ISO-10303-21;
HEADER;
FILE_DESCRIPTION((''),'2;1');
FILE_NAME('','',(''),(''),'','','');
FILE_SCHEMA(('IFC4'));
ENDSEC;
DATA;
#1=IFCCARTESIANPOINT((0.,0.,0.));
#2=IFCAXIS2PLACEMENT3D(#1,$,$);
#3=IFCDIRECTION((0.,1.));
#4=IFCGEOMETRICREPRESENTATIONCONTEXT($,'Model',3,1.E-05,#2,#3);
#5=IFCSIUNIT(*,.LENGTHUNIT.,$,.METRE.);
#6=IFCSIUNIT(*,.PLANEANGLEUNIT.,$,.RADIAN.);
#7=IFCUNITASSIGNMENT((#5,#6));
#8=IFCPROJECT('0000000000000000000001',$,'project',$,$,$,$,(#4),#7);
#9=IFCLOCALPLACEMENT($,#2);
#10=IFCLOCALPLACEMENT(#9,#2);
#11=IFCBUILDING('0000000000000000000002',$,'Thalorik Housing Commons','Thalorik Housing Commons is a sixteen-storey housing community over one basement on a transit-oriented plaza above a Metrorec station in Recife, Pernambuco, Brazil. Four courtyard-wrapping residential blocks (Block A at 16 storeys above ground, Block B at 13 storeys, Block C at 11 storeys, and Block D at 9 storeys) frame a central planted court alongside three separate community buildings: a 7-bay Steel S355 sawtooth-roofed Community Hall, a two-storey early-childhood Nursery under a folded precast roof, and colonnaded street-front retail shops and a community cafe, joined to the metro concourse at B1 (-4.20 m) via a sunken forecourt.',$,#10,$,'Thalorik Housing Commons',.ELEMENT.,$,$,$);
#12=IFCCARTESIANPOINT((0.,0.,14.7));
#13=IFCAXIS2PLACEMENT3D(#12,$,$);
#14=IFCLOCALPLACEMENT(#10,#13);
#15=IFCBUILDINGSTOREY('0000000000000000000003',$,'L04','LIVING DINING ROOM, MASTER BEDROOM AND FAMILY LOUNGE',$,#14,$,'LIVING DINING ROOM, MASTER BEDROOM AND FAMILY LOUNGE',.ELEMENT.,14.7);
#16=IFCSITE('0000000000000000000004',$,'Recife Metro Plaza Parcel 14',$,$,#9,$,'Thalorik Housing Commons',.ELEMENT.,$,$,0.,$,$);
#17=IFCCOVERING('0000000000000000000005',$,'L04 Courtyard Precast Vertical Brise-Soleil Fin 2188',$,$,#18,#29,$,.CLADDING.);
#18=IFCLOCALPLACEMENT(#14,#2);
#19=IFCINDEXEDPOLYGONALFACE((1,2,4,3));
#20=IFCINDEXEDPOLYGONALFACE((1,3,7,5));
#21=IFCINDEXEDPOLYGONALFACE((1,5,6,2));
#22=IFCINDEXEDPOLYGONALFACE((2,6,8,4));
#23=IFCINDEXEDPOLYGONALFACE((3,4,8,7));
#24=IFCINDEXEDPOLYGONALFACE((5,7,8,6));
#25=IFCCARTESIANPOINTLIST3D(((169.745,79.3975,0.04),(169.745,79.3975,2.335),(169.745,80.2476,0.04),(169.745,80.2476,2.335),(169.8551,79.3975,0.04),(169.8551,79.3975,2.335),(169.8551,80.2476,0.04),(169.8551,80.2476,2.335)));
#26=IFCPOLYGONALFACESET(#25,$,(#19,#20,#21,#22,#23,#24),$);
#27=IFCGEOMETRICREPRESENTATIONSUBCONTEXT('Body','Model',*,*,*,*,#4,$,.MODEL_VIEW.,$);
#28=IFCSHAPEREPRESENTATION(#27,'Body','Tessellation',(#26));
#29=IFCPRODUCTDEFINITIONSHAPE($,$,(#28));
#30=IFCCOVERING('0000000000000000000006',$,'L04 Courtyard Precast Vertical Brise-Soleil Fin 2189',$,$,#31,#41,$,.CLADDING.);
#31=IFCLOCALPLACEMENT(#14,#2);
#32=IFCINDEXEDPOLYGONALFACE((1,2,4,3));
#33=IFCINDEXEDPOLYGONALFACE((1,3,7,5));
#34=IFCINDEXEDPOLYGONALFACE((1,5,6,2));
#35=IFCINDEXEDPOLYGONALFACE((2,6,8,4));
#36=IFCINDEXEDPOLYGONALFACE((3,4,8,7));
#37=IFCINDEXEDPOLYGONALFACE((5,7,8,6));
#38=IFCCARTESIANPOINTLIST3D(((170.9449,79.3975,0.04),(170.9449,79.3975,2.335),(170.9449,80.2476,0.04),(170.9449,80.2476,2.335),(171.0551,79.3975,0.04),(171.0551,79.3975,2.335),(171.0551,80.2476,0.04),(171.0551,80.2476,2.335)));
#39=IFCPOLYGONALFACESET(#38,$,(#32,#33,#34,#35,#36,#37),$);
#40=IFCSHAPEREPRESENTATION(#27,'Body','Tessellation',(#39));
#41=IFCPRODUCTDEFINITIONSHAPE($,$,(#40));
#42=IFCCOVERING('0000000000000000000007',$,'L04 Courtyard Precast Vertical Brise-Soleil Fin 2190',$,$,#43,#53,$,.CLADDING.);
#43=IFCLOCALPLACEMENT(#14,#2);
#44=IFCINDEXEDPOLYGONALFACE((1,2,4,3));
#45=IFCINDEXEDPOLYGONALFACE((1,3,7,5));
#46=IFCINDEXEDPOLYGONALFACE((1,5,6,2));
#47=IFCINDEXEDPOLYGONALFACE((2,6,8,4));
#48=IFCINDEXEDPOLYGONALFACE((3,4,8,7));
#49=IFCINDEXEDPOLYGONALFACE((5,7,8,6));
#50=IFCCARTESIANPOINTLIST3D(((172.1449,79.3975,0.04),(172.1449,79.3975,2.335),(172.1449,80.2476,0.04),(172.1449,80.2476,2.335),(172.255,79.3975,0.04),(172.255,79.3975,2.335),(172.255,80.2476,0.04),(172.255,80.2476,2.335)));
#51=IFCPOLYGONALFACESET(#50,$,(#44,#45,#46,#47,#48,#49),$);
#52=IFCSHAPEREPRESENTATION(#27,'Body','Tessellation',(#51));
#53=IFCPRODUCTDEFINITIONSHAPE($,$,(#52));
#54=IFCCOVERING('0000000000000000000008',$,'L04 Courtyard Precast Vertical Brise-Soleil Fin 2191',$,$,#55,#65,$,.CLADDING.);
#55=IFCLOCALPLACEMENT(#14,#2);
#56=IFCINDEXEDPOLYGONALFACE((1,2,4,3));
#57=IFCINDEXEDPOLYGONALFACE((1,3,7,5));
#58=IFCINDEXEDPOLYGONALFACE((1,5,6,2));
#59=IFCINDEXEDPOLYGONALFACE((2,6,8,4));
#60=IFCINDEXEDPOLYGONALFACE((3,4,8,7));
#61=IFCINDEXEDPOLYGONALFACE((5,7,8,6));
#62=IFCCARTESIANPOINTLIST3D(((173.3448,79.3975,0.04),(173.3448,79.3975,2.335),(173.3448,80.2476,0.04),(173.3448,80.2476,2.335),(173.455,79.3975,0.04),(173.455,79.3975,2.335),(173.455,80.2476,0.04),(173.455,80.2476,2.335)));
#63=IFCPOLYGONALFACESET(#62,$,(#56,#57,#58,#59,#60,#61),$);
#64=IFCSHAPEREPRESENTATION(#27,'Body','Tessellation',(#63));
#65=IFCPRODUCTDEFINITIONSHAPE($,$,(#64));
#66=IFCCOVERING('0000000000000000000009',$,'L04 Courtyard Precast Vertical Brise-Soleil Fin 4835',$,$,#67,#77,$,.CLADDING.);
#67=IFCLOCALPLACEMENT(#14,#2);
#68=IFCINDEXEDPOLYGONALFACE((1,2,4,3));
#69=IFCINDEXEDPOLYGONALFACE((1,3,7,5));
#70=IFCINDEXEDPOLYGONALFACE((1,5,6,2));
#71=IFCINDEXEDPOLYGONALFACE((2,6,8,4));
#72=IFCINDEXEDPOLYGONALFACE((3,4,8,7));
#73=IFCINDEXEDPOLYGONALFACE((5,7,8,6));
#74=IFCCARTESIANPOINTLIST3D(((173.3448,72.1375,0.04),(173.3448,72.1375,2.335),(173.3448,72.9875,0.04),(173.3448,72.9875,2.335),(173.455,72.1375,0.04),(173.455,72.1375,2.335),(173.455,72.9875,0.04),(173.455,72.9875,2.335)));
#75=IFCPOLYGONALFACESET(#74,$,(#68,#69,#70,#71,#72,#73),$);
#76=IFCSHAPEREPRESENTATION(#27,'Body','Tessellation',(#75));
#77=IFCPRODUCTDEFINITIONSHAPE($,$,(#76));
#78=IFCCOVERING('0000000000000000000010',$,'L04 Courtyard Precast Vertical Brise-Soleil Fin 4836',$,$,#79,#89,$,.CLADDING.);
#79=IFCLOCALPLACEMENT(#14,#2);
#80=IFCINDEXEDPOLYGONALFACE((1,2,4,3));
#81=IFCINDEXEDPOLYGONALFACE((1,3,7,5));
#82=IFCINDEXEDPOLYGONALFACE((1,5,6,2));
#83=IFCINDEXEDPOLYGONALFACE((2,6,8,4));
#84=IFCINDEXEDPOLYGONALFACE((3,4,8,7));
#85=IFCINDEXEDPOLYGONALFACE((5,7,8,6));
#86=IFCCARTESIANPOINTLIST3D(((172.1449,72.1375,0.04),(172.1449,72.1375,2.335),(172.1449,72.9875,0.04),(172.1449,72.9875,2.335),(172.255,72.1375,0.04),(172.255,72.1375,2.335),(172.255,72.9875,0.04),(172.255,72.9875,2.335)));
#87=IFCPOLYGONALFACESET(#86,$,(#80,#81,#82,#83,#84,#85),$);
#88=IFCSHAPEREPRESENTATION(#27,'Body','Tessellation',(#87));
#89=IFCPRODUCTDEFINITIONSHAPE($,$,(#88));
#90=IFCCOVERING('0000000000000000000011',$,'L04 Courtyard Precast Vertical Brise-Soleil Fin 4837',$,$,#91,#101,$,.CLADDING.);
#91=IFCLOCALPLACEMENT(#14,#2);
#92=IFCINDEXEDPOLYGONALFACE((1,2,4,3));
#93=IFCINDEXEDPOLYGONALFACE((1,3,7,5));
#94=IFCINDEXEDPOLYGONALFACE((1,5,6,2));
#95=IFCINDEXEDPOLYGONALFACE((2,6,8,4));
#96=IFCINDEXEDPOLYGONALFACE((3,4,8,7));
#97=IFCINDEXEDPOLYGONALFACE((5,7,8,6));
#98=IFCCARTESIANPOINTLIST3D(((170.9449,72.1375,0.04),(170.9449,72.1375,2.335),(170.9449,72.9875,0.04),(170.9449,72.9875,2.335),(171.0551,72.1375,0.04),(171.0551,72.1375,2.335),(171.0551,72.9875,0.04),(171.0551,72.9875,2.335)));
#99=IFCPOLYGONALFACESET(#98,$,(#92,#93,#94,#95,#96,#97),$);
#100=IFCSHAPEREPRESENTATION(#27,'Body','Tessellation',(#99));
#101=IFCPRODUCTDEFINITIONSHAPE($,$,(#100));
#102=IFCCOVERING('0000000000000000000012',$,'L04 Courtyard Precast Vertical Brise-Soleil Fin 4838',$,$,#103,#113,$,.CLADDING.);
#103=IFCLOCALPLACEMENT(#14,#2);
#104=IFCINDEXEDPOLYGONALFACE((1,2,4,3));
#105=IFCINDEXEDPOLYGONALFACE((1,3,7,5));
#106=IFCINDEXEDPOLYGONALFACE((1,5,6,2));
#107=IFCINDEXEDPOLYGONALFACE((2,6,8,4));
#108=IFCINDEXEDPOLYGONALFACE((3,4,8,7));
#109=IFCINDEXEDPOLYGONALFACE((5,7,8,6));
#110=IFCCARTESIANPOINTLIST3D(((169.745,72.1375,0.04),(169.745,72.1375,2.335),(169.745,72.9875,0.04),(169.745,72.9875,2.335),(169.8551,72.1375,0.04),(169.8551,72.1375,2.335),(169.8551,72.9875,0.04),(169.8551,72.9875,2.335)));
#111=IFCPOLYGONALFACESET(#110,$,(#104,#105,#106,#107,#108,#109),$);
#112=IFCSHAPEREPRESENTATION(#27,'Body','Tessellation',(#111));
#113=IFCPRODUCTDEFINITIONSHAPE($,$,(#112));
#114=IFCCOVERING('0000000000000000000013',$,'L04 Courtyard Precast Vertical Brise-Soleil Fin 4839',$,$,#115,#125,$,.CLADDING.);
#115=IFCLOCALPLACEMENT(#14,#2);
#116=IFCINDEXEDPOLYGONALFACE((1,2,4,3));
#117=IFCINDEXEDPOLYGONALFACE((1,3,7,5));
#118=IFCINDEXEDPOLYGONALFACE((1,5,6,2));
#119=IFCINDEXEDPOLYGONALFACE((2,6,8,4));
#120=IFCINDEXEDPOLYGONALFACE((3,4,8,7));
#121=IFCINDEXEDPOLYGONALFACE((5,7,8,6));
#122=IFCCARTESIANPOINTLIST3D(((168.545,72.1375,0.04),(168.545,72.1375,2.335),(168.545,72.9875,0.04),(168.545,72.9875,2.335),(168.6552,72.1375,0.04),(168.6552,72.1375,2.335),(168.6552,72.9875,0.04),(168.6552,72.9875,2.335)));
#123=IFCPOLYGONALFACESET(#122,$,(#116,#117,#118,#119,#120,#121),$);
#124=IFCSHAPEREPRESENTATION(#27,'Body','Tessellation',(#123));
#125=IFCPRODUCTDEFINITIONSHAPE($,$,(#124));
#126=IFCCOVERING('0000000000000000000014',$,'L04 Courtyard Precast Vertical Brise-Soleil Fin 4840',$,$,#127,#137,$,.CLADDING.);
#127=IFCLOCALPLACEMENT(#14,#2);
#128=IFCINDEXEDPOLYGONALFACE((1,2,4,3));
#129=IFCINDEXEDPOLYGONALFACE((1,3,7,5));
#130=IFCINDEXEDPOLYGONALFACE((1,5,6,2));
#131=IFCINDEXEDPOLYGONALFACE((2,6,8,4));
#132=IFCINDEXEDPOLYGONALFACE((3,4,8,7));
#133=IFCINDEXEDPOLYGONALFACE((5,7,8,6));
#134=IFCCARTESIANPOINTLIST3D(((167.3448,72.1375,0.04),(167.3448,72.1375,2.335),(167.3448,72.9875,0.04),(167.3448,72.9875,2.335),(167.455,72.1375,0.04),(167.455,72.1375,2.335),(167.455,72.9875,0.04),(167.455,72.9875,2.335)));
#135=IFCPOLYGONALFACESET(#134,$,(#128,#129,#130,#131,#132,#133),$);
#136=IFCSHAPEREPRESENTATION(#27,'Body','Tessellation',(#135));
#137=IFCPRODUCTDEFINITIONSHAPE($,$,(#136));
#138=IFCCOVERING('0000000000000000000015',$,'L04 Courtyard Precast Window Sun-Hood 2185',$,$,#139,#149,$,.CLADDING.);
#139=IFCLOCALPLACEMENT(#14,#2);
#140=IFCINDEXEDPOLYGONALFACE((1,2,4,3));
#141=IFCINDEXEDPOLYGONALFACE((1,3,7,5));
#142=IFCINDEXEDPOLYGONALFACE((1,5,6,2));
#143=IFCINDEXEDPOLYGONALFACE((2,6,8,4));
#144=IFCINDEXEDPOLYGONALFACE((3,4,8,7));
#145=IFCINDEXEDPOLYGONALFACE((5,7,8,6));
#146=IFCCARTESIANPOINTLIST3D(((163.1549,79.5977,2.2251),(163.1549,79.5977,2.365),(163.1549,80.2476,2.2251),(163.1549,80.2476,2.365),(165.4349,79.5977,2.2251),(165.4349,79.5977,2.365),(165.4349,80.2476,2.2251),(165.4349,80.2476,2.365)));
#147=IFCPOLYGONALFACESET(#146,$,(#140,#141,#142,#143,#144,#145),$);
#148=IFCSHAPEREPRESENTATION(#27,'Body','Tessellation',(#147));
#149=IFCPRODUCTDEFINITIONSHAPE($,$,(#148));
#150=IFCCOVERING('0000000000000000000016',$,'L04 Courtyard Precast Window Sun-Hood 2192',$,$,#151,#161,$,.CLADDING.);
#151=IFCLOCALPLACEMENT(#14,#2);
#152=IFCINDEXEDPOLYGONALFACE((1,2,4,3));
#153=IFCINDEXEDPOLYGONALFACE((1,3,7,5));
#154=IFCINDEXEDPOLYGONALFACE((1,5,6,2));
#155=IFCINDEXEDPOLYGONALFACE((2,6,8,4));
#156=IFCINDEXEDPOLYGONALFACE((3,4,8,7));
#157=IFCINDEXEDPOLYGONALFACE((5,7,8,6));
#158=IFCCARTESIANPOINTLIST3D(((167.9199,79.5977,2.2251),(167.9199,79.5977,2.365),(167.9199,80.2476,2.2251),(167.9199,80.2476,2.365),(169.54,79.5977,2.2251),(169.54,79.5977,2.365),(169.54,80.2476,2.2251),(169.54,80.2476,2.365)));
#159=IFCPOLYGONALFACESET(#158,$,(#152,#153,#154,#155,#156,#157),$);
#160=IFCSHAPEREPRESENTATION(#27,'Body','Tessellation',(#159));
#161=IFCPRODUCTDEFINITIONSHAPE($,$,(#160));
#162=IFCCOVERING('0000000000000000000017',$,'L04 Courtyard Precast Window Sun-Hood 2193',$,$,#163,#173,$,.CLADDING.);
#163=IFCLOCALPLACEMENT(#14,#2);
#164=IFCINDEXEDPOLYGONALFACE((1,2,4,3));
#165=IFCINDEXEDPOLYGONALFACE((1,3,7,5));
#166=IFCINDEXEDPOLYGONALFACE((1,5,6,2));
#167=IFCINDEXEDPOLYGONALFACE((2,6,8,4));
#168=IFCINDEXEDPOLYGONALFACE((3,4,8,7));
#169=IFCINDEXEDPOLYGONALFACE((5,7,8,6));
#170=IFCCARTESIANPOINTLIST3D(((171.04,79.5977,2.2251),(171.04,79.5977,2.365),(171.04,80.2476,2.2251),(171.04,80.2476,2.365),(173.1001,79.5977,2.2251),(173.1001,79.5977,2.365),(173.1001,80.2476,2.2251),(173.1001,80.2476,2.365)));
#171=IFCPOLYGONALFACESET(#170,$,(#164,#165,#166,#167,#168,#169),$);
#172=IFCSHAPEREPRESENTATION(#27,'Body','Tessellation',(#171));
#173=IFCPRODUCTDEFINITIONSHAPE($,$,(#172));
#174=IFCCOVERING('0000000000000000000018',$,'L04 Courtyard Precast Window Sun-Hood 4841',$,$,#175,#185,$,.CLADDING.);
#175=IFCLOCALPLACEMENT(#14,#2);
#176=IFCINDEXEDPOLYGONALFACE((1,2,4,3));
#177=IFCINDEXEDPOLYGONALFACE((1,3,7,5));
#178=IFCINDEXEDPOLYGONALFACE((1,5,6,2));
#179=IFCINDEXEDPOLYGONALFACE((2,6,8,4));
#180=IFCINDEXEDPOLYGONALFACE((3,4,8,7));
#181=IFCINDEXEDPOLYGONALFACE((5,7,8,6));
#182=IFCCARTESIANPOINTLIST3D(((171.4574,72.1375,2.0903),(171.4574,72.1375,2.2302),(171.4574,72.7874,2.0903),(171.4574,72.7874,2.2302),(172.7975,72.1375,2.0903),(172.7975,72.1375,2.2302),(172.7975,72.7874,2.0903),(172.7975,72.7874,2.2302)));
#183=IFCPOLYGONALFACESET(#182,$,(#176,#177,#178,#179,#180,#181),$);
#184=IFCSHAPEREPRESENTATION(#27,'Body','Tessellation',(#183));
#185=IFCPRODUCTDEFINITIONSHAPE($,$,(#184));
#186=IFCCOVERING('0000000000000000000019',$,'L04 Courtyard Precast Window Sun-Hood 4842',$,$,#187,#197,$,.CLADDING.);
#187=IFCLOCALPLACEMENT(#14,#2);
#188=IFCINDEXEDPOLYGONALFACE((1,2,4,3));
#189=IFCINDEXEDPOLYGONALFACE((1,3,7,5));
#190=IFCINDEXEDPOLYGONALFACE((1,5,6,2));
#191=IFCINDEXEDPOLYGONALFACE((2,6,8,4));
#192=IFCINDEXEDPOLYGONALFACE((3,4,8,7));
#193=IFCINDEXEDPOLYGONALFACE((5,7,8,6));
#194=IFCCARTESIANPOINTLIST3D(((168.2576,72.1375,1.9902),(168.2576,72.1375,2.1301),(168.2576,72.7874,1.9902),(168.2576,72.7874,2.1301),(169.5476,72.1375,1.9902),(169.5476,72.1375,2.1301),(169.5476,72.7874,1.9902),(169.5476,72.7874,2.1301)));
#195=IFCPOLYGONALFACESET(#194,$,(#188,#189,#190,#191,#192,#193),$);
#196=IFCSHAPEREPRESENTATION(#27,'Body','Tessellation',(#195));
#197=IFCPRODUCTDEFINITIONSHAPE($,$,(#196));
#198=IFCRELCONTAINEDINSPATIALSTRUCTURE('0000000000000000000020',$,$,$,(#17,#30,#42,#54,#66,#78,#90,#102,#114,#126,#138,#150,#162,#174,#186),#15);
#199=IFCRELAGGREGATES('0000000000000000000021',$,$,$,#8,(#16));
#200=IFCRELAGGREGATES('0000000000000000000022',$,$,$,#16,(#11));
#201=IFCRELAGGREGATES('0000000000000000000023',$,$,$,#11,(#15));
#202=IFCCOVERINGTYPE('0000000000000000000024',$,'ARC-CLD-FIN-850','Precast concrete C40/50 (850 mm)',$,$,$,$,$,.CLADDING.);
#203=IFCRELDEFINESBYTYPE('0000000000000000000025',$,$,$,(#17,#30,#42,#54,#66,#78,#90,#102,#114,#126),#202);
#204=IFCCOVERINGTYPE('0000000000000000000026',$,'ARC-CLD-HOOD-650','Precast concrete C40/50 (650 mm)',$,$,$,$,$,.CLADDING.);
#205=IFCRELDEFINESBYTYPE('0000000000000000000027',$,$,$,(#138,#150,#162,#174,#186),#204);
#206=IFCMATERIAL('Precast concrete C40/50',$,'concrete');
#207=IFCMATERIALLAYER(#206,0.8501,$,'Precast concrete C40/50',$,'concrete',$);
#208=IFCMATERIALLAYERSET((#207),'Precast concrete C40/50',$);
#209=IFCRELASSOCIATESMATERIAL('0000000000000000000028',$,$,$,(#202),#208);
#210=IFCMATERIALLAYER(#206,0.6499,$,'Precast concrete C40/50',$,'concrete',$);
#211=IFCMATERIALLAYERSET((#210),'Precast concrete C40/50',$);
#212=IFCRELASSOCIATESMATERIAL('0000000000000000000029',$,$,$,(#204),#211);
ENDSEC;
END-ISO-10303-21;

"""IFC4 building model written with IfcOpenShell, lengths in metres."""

from ifc_helpers import new_model, si_unit, direction, frame, origin, origin_2d, place, context, subcontext, project, spatial, rectangle, extrude, material, layer, layer_set, type_object, element, save


model = new_model("IFC4")

# Units and contexts
model_context = context("Model", 3, precision=1e-05, world=origin(), true_north=direction((0.0, 1.0)))
body_context = subcontext(model_context, "Body", "Model", "MODEL_VIEW")
ifc_project = project(units=[si_unit("LENGTHUNIT", "METRE"), si_unit("PLANEANGLEUNIT", "RADIAN")], contexts=[model_context])

# Site, building, storey
site_placement = place(None, origin())
site = spatial("IfcSite", under=ifc_project, at=site_placement, Name="Recife Metro Plaza Parcel 14", LongName="Thalorik Housing Commons", CompositionType="ELEMENT", RefElevation=0.0)
building_placement = place(site_placement, origin())
building = spatial("IfcBuilding", under=site, at=building_placement, Name="Thalorik Housing Commons", Description="Thalorik Housing Commons is a sixteen-storey housing community over one basement on a transit-oriented plaza above a Metrorec station in Recife, Pernambuco, Brazil. Four courtyard-wrapping residential blocks (Block A at 16 storeys above ground, Block B at 13 storeys, Block C at 11 storeys, and Block D at 9 storeys) frame a central planted court alongside three separate community buildings: a 7-bay Steel S355 sawtooth-roofed Community Hall, a two-storey early-childhood Nursery under a folded precast roof, and colonnaded street-front retail shops and a community cafe, joined to the metro concourse at B1 (-4.20 m) via a sunken forecourt.", LongName="Thalorik Housing Commons", CompositionType="ELEMENT")
storey_placement = place(building_placement, frame((0.0, 0.0, 14.7)))
storey = spatial("IfcBuildingStorey", under=building, at=storey_placement, Name="L04", Description="LIVING DINING ROOM, MASTER BEDROOM AND FAMILY LOUNGE", LongName="LIVING DINING ROOM, MASTER BEDROOM AND FAMILY LOUNGE", CompositionType="ELEMENT", Elevation=14.7)

# Shared definitions
ifc_material_1 = material(Name="Precast concrete C40/50", Category="concrete")

# Coverings
ifc_layer_1 = layer(ifc_material_1, 0.8501, Name="Precast concrete C40/50", Category="concrete")
ifc_layer_set_1 = layer_set([ifc_layer_1], Name="Precast concrete C40/50")
covering_type_1 = type_object("IfcCoveringType", Name="ARC-CLD-FIN-850", Description="Precast concrete C40/50 (850 mm)", PredefinedType="CLADDING", material=ifc_layer_set_1)
for number, where, z_axis, x_axis, name in (
    (1, (169.8, 79.8225, 0.04), (0.0, 0.0, 1.0), (1.0, 0.0, 0.0), "L04 Courtyard Precast Vertical Brise-Soleil Fin 2188"),
    (2, (171.0, 79.8225, 0.04), (0.0, 0.0, 1.0), (1.0, 0.0, 0.0), "L04 Courtyard Precast Vertical Brise-Soleil Fin 2189"),
    (3, (172.2, 79.8225, 0.04), (0.0, 0.0, 1.0), (1.0, 0.0, 0.0), "L04 Courtyard Precast Vertical Brise-Soleil Fin 2190"),
    (4, (173.3999, 79.8225, 0.04), (0.0, 0.0, 1.0), (1.0, 0.0, 0.0), "L04 Courtyard Precast Vertical Brise-Soleil Fin 2191"),
    (5, (173.3999, 72.5625, 0.04), (0.0, 0.0, 1.0), (-1.0, 0.0, 0.0), "L04 Courtyard Precast Vertical Brise-Soleil Fin 4835"),
    (6, (172.2, 72.5625, 0.04), (0.0, 0.0, 1.0), (-1.0, 0.0, 0.0), "L04 Courtyard Precast Vertical Brise-Soleil Fin 4836"),
    (7, (171.0, 72.5625, 0.04), (0.0, 0.0, 1.0), (-1.0, 0.0, 0.0), "L04 Courtyard Precast Vertical Brise-Soleil Fin 4837"),
    (8, (169.8, 72.5625, 0.04), (0.0, 0.0, 1.0), (-1.0, 0.0, 0.0), "L04 Courtyard Precast Vertical Brise-Soleil Fin 4838"),
    (9, (168.6001, 72.5625, 0.04), (0.0, 0.0, 1.0), (-1.0, 0.0, 0.0), "L04 Courtyard Precast Vertical Brise-Soleil Fin 4839"),
    (10, (167.3999, 72.5625, 0.04), (0.0, 0.0, 1.0), (-1.0, 0.0, 0.0), "L04 Courtyard Precast Vertical Brise-Soleil Fin 4840"),
):
    element("IfcCovering", number, at=place(storey_placement, frame(where, z_axis=z_axis, x_axis=x_axis)), inside=storey, type_object=covering_type_1, Name=name, PredefinedType="CLADDING", context=body_context, shape_type="SweptSolid", body=[
        extrude(rectangle(XDim=0.1101, YDim=0.8501, at=origin_2d()), origin(), (0.0, 0.0, 1.0), 2.2949),
    ])
ifc_layer_2 = layer(ifc_material_1, 0.6499, Name="Precast concrete C40/50", Category="concrete")
ifc_layer_set_2 = layer_set([ifc_layer_2], Name="Precast concrete C40/50")
covering_type_2 = type_object("IfcCoveringType", Name="ARC-CLD-HOOD-650", Description="Precast concrete C40/50 (650 mm)", PredefinedType="CLADDING", material=ifc_layer_set_2)
covering_1_placement = place(storey_placement, frame((164.2949, 79.9226, 2.2251), z_axis=(0.0, 0.0, 1.0), x_axis=(1.0, 0.0, 0.0)))
element("IfcCovering", 11, at=covering_1_placement, inside=storey, type_object=covering_type_2, Name="L04 Courtyard Precast Window Sun-Hood 2185", PredefinedType="CLADDING", context=body_context, shape_type="SweptSolid", body=[
    extrude(rectangle(XDim=2.28, YDim=0.6499, at=origin_2d()), origin(), (0.0, 0.0, 1.0), 0.1399),
])
covering_2_placement = place(storey_placement, frame((168.73, 79.9226, 2.2251), z_axis=(0.0, 0.0, 1.0), x_axis=(1.0, 0.0, 0.0)))
element("IfcCovering", 12, at=covering_2_placement, inside=storey, type_object=covering_type_2, Name="L04 Courtyard Precast Window Sun-Hood 2192", PredefinedType="CLADDING", context=body_context, shape_type="SweptSolid", body=[
    extrude(rectangle(XDim=1.6201, YDim=0.6499, at=origin_2d()), origin(), (0.0, 0.0, 1.0), 0.1399),
])
covering_3_placement = place(storey_placement, frame((172.0701, 79.9226, 2.2251), z_axis=(0.0, 0.0, 1.0), x_axis=(1.0, 0.0, 0.0)))
element("IfcCovering", 13, at=covering_3_placement, inside=storey, type_object=covering_type_2, Name="L04 Courtyard Precast Window Sun-Hood 2193", PredefinedType="CLADDING", context=body_context, shape_type="SweptSolid", body=[
    extrude(rectangle(XDim=2.0601, YDim=0.6499, at=origin_2d()), origin(), (0.0, 0.0, 1.0), 0.1399),
])
covering_4_placement = place(storey_placement, frame((172.1274, 72.4624, 2.0903), z_axis=(0.0, 0.0, 1.0), x_axis=(-1.0, 0.0, 0.0)))
element("IfcCovering", 14, at=covering_4_placement, inside=storey, type_object=covering_type_2, Name="L04 Courtyard Precast Window Sun-Hood 4841", PredefinedType="CLADDING", context=body_context, shape_type="SweptSolid", body=[
    extrude(rectangle(XDim=1.3401, YDim=0.6499, at=origin_2d()), origin(), (0.0, 0.0, 1.0), 0.1399),
])
covering_5_placement = place(storey_placement, frame((168.9026, 72.4624, 1.9902), z_axis=(0.0, 0.0, 1.0), x_axis=(-1.0, 0.0, 0.0)))
element("IfcCovering", 15, at=covering_5_placement, inside=storey, type_object=covering_type_2, Name="L04 Courtyard Precast Window Sun-Hood 4842", PredefinedType="CLADDING", context=body_context, shape_type="SweptSolid", body=[
    extrude(rectangle(XDim=1.29, YDim=0.6499, at=origin_2d()), origin(), (0.0, 0.0, 1.0), 0.1399),
])

save(model, "model.ifc")
